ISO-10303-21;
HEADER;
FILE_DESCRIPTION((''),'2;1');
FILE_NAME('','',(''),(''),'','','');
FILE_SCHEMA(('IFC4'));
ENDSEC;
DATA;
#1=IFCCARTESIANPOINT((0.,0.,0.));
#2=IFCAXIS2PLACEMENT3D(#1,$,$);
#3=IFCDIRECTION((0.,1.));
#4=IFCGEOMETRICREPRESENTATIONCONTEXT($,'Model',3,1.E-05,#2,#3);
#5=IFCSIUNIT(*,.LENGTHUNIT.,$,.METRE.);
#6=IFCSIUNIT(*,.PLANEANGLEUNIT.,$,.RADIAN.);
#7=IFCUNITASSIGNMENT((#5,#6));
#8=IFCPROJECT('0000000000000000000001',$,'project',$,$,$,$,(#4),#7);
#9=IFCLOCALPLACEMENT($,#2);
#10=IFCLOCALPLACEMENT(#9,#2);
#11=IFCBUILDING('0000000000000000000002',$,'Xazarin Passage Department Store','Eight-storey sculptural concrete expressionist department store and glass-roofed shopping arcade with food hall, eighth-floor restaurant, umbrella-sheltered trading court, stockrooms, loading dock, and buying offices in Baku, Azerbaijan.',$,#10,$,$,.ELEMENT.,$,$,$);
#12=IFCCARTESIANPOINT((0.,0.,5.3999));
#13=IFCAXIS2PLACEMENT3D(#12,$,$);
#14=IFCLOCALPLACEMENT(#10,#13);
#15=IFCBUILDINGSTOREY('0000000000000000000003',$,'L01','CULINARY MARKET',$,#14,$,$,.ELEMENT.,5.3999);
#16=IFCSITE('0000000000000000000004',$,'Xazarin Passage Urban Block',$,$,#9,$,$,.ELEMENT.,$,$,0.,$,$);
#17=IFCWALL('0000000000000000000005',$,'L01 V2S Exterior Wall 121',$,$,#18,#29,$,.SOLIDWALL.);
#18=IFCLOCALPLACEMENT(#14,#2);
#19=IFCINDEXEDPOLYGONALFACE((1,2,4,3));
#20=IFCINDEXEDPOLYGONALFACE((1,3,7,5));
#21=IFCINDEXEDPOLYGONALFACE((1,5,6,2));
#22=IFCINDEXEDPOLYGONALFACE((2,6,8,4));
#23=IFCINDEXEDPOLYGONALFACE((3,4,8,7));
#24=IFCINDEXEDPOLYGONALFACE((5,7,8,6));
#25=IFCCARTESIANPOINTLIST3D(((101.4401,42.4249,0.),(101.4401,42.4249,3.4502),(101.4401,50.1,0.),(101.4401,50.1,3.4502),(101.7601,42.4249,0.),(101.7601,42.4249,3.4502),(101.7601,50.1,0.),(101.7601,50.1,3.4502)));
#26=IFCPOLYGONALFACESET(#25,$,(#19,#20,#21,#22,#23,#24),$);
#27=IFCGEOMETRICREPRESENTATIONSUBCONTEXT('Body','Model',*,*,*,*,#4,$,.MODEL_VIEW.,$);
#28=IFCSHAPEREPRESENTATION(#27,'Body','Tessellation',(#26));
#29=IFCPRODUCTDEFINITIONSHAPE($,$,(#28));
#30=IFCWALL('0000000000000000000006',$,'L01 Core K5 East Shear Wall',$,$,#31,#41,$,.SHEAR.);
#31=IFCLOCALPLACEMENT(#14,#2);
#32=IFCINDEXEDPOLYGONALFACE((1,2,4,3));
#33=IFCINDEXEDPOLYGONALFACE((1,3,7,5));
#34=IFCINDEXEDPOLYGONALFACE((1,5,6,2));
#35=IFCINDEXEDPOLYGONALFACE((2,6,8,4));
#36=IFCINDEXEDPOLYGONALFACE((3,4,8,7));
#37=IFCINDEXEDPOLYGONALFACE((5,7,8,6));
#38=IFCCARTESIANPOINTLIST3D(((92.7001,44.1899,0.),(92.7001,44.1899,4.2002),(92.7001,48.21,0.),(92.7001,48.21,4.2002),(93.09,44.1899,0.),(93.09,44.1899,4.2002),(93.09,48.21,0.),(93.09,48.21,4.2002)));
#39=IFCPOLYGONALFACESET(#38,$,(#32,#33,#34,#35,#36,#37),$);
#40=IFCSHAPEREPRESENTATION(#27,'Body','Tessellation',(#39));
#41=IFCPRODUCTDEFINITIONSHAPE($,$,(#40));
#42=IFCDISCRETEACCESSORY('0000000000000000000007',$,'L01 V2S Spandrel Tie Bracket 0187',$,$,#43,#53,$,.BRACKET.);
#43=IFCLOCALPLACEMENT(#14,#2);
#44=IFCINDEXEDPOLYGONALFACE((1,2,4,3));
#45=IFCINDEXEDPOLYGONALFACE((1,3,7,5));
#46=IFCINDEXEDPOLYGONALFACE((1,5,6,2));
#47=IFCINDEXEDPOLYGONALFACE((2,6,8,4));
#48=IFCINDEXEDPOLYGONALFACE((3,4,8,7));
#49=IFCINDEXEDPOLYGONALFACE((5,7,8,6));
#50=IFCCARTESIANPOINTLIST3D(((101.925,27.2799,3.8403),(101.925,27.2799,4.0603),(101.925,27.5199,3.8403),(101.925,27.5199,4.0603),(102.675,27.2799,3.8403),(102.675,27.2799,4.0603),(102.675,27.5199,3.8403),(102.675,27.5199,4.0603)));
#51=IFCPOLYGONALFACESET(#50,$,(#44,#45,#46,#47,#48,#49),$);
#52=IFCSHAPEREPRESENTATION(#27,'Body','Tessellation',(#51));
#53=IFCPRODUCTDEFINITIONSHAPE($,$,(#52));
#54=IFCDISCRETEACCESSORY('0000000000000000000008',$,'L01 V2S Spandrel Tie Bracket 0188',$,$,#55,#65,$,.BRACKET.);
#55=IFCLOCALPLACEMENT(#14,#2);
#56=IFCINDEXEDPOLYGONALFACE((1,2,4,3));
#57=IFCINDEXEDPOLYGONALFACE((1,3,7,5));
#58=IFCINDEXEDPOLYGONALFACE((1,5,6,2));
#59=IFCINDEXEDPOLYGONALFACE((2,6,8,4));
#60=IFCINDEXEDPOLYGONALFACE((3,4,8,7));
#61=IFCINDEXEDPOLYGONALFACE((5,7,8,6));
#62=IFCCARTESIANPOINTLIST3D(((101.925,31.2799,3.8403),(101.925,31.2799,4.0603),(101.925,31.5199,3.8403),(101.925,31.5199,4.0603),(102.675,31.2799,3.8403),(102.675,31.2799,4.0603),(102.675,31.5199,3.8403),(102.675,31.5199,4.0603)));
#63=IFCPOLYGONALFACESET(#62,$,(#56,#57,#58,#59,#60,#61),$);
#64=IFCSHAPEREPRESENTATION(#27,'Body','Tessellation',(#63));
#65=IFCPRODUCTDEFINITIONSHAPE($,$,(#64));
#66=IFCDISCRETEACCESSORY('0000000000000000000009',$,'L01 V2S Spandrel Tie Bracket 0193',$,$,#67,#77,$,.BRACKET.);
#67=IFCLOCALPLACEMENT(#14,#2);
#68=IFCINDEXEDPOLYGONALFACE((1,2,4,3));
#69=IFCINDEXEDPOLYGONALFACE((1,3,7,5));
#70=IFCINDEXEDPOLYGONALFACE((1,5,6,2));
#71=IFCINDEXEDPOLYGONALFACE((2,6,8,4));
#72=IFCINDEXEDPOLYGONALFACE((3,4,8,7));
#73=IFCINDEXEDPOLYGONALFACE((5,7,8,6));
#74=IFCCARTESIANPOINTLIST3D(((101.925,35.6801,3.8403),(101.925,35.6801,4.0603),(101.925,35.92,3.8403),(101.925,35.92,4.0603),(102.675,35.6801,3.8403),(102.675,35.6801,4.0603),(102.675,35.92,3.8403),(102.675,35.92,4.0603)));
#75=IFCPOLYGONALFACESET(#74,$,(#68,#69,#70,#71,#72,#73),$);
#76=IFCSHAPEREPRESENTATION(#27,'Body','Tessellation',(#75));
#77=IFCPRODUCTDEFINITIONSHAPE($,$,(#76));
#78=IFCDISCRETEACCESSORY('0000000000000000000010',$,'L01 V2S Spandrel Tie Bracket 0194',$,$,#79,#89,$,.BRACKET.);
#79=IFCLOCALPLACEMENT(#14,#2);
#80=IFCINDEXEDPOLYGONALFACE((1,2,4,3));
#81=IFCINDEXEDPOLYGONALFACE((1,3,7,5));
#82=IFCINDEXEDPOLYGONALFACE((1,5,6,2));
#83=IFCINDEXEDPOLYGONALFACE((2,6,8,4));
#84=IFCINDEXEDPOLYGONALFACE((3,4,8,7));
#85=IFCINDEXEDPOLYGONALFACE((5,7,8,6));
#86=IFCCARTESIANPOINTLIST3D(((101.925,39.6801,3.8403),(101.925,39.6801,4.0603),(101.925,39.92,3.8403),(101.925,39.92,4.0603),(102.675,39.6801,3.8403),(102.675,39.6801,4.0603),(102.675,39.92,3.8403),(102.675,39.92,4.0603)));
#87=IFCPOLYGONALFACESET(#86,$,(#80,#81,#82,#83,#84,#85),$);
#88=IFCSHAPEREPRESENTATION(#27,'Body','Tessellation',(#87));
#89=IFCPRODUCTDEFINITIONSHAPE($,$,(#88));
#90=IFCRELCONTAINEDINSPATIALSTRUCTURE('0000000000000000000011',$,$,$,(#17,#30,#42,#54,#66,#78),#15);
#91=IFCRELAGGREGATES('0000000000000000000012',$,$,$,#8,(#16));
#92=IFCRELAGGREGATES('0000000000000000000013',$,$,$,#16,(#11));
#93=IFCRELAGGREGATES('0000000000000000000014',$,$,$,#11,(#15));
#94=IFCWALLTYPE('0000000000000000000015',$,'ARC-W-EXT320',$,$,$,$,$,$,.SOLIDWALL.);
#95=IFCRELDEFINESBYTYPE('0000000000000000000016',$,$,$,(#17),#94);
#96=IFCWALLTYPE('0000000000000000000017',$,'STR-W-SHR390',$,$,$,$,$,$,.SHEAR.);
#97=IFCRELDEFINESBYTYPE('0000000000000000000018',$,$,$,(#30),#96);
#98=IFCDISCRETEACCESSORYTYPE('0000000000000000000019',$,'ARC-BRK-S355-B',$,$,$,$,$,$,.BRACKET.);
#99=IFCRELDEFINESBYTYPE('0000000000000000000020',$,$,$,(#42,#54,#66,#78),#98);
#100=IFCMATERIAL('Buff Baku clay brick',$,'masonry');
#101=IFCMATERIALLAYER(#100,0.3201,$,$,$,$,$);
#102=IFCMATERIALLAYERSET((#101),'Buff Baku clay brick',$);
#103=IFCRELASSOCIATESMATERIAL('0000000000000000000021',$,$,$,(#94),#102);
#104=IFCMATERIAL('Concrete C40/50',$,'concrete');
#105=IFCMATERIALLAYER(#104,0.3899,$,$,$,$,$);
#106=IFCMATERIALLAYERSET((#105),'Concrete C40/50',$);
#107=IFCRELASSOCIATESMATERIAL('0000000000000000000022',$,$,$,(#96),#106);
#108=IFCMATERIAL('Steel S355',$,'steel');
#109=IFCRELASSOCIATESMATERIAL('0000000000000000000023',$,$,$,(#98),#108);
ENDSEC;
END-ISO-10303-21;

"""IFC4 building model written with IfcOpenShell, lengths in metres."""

from ifc_helpers import new_model, si_unit, direction, frame, frame_2d, origin, origin_2d, place, context, subcontext, project, spatial, rectangle, extrude, material, layer, layer_set, type_object, element, save


model = new_model("IFC4")

# Units and contexts
model_context = context("Model", 3, precision=1e-05, world=origin(), true_north=direction((0.0, 1.0)))
body_context = subcontext(model_context, "Body", "Model", "MODEL_VIEW")
ifc_project = project(units=[si_unit("LENGTHUNIT", "METRE"), si_unit("PLANEANGLEUNIT", "RADIAN")], contexts=[model_context])

# Site, building, storey
site_placement = place(None, origin())
site = spatial("IfcSite", under=ifc_project, at=site_placement, Name="Xazarin Passage Urban Block", CompositionType="ELEMENT", RefElevation=0.0)
building_placement = place(site_placement, origin())
building = spatial("IfcBuilding", under=site, at=building_placement, Name="Xazarin Passage Department Store", Description="Eight-storey sculptural concrete expressionist department store and glass-roofed shopping arcade with food hall, eighth-floor restaurant, umbrella-sheltered trading court, stockrooms, loading dock, and buying offices in Baku, Azerbaijan.", CompositionType="ELEMENT")
storey_placement = place(building_placement, frame((0.0, 0.0, 5.3999)))
storey = spatial("IfcBuildingStorey", under=building, at=storey_placement, Name="L01", Description="CULINARY MARKET", CompositionType="ELEMENT", Elevation=5.3999)

# Shared definitions
ifc_material_1 = material(Name="Concrete C40/50", Category="concrete")

# Walls
ifc_material_2 = material(Name="Buff Baku clay brick", Category="masonry")
ifc_layer_1 = layer(ifc_material_2, 0.3201)
ifc_layer_set_1 = layer_set([ifc_layer_1], Name="Buff Baku clay brick")
wall_type_1 = type_object("IfcWallType", Name="ARC-W-EXT320", PredefinedType="SOLIDWALL", material=ifc_layer_set_1)
wall_1_placement = place(storey_placement, frame((101.6001, 42.425, 0.0), z_axis=(0.0, 0.0, 1.0), x_axis=(0.0, 1.0, 0.0)))
element("IfcWall", 1, at=wall_1_placement, inside=storey, type_object=wall_type_1, Name="L01 V2S Exterior Wall 121", PredefinedType="SOLIDWALL", context=body_context, shape_type="SweptSolid", body=[
    extrude(rectangle(XDim=7.675, YDim=0.3201, at=frame_2d((3.8374, 0.0))), origin(), (0.0, 0.0, 1.0), 3.4502),
])
ifc_layer_2 = layer(ifc_material_1, 0.3899)
ifc_layer_set_2 = layer_set([ifc_layer_2], Name="Concrete C40/50")
wall_type_2 = type_object("IfcWallType", Name="STR-W-SHR390", PredefinedType="SHEAR", material=ifc_layer_set_2)
wall_2_placement = place(storey_placement, frame((92.895, 44.1899, 0.0), z_axis=(0.0, 0.0, 1.0), x_axis=(0.0, 1.0, 0.0)))
element("IfcWall", 2, at=wall_2_placement, inside=storey, type_object=wall_type_2, Name="L01 Core K5 East Shear Wall", PredefinedType="SHEAR", context=body_context, shape_type="SweptSolid", body=[
    extrude(rectangle(XDim=4.02, YDim=0.3899, at=frame_2d((2.01, 0.0))), origin(), (0.0, 0.0, 1.0), 4.2002),
])

# Discrete accessories
ifc_material_3 = material(Name="Steel S355", Category="steel")
discrete_accessory_type = type_object("IfcDiscreteAccessoryType", Name="ARC-BRK-S355-B", PredefinedType="BRACKET", material=ifc_material_3)
for number, where, z_axis, x_axis, name in (
    (3, (102.3, 27.3999, 3.8403), (0.0, 0.0, 1.0), (0.0, 1.0, 0.0), "L01 V2S Spandrel Tie Bracket 0187"),
    (4, (102.3, 31.3999, 3.8403), (0.0, 0.0, 1.0), (0.0, 1.0, 0.0), "L01 V2S Spandrel Tie Bracket 0188"),
    (5, (102.3, 35.8, 3.8403), (0.0, 0.0, 1.0), (0.0, 1.0, 0.0), "L01 V2S Spandrel Tie Bracket 0193"),
    (6, (102.3, 39.8, 3.8403), (0.0, 0.0, 1.0), (0.0, 1.0, 0.0), "L01 V2S Spandrel Tie Bracket 0194"),
):
    element("IfcDiscreteAccessory", number, at=place(storey_placement, frame(where, z_axis=z_axis, x_axis=x_axis)), inside=storey, type_object=discrete_accessory_type, Name=name, PredefinedType="BRACKET", context=body_context, shape_type="SweptSolid", body=[
        extrude(rectangle(XDim=0.24, YDim=0.75, at=origin_2d()), origin(), (0.0, 0.0, 1.0), 0.22),
    ])

save(model, "model.ifc")
